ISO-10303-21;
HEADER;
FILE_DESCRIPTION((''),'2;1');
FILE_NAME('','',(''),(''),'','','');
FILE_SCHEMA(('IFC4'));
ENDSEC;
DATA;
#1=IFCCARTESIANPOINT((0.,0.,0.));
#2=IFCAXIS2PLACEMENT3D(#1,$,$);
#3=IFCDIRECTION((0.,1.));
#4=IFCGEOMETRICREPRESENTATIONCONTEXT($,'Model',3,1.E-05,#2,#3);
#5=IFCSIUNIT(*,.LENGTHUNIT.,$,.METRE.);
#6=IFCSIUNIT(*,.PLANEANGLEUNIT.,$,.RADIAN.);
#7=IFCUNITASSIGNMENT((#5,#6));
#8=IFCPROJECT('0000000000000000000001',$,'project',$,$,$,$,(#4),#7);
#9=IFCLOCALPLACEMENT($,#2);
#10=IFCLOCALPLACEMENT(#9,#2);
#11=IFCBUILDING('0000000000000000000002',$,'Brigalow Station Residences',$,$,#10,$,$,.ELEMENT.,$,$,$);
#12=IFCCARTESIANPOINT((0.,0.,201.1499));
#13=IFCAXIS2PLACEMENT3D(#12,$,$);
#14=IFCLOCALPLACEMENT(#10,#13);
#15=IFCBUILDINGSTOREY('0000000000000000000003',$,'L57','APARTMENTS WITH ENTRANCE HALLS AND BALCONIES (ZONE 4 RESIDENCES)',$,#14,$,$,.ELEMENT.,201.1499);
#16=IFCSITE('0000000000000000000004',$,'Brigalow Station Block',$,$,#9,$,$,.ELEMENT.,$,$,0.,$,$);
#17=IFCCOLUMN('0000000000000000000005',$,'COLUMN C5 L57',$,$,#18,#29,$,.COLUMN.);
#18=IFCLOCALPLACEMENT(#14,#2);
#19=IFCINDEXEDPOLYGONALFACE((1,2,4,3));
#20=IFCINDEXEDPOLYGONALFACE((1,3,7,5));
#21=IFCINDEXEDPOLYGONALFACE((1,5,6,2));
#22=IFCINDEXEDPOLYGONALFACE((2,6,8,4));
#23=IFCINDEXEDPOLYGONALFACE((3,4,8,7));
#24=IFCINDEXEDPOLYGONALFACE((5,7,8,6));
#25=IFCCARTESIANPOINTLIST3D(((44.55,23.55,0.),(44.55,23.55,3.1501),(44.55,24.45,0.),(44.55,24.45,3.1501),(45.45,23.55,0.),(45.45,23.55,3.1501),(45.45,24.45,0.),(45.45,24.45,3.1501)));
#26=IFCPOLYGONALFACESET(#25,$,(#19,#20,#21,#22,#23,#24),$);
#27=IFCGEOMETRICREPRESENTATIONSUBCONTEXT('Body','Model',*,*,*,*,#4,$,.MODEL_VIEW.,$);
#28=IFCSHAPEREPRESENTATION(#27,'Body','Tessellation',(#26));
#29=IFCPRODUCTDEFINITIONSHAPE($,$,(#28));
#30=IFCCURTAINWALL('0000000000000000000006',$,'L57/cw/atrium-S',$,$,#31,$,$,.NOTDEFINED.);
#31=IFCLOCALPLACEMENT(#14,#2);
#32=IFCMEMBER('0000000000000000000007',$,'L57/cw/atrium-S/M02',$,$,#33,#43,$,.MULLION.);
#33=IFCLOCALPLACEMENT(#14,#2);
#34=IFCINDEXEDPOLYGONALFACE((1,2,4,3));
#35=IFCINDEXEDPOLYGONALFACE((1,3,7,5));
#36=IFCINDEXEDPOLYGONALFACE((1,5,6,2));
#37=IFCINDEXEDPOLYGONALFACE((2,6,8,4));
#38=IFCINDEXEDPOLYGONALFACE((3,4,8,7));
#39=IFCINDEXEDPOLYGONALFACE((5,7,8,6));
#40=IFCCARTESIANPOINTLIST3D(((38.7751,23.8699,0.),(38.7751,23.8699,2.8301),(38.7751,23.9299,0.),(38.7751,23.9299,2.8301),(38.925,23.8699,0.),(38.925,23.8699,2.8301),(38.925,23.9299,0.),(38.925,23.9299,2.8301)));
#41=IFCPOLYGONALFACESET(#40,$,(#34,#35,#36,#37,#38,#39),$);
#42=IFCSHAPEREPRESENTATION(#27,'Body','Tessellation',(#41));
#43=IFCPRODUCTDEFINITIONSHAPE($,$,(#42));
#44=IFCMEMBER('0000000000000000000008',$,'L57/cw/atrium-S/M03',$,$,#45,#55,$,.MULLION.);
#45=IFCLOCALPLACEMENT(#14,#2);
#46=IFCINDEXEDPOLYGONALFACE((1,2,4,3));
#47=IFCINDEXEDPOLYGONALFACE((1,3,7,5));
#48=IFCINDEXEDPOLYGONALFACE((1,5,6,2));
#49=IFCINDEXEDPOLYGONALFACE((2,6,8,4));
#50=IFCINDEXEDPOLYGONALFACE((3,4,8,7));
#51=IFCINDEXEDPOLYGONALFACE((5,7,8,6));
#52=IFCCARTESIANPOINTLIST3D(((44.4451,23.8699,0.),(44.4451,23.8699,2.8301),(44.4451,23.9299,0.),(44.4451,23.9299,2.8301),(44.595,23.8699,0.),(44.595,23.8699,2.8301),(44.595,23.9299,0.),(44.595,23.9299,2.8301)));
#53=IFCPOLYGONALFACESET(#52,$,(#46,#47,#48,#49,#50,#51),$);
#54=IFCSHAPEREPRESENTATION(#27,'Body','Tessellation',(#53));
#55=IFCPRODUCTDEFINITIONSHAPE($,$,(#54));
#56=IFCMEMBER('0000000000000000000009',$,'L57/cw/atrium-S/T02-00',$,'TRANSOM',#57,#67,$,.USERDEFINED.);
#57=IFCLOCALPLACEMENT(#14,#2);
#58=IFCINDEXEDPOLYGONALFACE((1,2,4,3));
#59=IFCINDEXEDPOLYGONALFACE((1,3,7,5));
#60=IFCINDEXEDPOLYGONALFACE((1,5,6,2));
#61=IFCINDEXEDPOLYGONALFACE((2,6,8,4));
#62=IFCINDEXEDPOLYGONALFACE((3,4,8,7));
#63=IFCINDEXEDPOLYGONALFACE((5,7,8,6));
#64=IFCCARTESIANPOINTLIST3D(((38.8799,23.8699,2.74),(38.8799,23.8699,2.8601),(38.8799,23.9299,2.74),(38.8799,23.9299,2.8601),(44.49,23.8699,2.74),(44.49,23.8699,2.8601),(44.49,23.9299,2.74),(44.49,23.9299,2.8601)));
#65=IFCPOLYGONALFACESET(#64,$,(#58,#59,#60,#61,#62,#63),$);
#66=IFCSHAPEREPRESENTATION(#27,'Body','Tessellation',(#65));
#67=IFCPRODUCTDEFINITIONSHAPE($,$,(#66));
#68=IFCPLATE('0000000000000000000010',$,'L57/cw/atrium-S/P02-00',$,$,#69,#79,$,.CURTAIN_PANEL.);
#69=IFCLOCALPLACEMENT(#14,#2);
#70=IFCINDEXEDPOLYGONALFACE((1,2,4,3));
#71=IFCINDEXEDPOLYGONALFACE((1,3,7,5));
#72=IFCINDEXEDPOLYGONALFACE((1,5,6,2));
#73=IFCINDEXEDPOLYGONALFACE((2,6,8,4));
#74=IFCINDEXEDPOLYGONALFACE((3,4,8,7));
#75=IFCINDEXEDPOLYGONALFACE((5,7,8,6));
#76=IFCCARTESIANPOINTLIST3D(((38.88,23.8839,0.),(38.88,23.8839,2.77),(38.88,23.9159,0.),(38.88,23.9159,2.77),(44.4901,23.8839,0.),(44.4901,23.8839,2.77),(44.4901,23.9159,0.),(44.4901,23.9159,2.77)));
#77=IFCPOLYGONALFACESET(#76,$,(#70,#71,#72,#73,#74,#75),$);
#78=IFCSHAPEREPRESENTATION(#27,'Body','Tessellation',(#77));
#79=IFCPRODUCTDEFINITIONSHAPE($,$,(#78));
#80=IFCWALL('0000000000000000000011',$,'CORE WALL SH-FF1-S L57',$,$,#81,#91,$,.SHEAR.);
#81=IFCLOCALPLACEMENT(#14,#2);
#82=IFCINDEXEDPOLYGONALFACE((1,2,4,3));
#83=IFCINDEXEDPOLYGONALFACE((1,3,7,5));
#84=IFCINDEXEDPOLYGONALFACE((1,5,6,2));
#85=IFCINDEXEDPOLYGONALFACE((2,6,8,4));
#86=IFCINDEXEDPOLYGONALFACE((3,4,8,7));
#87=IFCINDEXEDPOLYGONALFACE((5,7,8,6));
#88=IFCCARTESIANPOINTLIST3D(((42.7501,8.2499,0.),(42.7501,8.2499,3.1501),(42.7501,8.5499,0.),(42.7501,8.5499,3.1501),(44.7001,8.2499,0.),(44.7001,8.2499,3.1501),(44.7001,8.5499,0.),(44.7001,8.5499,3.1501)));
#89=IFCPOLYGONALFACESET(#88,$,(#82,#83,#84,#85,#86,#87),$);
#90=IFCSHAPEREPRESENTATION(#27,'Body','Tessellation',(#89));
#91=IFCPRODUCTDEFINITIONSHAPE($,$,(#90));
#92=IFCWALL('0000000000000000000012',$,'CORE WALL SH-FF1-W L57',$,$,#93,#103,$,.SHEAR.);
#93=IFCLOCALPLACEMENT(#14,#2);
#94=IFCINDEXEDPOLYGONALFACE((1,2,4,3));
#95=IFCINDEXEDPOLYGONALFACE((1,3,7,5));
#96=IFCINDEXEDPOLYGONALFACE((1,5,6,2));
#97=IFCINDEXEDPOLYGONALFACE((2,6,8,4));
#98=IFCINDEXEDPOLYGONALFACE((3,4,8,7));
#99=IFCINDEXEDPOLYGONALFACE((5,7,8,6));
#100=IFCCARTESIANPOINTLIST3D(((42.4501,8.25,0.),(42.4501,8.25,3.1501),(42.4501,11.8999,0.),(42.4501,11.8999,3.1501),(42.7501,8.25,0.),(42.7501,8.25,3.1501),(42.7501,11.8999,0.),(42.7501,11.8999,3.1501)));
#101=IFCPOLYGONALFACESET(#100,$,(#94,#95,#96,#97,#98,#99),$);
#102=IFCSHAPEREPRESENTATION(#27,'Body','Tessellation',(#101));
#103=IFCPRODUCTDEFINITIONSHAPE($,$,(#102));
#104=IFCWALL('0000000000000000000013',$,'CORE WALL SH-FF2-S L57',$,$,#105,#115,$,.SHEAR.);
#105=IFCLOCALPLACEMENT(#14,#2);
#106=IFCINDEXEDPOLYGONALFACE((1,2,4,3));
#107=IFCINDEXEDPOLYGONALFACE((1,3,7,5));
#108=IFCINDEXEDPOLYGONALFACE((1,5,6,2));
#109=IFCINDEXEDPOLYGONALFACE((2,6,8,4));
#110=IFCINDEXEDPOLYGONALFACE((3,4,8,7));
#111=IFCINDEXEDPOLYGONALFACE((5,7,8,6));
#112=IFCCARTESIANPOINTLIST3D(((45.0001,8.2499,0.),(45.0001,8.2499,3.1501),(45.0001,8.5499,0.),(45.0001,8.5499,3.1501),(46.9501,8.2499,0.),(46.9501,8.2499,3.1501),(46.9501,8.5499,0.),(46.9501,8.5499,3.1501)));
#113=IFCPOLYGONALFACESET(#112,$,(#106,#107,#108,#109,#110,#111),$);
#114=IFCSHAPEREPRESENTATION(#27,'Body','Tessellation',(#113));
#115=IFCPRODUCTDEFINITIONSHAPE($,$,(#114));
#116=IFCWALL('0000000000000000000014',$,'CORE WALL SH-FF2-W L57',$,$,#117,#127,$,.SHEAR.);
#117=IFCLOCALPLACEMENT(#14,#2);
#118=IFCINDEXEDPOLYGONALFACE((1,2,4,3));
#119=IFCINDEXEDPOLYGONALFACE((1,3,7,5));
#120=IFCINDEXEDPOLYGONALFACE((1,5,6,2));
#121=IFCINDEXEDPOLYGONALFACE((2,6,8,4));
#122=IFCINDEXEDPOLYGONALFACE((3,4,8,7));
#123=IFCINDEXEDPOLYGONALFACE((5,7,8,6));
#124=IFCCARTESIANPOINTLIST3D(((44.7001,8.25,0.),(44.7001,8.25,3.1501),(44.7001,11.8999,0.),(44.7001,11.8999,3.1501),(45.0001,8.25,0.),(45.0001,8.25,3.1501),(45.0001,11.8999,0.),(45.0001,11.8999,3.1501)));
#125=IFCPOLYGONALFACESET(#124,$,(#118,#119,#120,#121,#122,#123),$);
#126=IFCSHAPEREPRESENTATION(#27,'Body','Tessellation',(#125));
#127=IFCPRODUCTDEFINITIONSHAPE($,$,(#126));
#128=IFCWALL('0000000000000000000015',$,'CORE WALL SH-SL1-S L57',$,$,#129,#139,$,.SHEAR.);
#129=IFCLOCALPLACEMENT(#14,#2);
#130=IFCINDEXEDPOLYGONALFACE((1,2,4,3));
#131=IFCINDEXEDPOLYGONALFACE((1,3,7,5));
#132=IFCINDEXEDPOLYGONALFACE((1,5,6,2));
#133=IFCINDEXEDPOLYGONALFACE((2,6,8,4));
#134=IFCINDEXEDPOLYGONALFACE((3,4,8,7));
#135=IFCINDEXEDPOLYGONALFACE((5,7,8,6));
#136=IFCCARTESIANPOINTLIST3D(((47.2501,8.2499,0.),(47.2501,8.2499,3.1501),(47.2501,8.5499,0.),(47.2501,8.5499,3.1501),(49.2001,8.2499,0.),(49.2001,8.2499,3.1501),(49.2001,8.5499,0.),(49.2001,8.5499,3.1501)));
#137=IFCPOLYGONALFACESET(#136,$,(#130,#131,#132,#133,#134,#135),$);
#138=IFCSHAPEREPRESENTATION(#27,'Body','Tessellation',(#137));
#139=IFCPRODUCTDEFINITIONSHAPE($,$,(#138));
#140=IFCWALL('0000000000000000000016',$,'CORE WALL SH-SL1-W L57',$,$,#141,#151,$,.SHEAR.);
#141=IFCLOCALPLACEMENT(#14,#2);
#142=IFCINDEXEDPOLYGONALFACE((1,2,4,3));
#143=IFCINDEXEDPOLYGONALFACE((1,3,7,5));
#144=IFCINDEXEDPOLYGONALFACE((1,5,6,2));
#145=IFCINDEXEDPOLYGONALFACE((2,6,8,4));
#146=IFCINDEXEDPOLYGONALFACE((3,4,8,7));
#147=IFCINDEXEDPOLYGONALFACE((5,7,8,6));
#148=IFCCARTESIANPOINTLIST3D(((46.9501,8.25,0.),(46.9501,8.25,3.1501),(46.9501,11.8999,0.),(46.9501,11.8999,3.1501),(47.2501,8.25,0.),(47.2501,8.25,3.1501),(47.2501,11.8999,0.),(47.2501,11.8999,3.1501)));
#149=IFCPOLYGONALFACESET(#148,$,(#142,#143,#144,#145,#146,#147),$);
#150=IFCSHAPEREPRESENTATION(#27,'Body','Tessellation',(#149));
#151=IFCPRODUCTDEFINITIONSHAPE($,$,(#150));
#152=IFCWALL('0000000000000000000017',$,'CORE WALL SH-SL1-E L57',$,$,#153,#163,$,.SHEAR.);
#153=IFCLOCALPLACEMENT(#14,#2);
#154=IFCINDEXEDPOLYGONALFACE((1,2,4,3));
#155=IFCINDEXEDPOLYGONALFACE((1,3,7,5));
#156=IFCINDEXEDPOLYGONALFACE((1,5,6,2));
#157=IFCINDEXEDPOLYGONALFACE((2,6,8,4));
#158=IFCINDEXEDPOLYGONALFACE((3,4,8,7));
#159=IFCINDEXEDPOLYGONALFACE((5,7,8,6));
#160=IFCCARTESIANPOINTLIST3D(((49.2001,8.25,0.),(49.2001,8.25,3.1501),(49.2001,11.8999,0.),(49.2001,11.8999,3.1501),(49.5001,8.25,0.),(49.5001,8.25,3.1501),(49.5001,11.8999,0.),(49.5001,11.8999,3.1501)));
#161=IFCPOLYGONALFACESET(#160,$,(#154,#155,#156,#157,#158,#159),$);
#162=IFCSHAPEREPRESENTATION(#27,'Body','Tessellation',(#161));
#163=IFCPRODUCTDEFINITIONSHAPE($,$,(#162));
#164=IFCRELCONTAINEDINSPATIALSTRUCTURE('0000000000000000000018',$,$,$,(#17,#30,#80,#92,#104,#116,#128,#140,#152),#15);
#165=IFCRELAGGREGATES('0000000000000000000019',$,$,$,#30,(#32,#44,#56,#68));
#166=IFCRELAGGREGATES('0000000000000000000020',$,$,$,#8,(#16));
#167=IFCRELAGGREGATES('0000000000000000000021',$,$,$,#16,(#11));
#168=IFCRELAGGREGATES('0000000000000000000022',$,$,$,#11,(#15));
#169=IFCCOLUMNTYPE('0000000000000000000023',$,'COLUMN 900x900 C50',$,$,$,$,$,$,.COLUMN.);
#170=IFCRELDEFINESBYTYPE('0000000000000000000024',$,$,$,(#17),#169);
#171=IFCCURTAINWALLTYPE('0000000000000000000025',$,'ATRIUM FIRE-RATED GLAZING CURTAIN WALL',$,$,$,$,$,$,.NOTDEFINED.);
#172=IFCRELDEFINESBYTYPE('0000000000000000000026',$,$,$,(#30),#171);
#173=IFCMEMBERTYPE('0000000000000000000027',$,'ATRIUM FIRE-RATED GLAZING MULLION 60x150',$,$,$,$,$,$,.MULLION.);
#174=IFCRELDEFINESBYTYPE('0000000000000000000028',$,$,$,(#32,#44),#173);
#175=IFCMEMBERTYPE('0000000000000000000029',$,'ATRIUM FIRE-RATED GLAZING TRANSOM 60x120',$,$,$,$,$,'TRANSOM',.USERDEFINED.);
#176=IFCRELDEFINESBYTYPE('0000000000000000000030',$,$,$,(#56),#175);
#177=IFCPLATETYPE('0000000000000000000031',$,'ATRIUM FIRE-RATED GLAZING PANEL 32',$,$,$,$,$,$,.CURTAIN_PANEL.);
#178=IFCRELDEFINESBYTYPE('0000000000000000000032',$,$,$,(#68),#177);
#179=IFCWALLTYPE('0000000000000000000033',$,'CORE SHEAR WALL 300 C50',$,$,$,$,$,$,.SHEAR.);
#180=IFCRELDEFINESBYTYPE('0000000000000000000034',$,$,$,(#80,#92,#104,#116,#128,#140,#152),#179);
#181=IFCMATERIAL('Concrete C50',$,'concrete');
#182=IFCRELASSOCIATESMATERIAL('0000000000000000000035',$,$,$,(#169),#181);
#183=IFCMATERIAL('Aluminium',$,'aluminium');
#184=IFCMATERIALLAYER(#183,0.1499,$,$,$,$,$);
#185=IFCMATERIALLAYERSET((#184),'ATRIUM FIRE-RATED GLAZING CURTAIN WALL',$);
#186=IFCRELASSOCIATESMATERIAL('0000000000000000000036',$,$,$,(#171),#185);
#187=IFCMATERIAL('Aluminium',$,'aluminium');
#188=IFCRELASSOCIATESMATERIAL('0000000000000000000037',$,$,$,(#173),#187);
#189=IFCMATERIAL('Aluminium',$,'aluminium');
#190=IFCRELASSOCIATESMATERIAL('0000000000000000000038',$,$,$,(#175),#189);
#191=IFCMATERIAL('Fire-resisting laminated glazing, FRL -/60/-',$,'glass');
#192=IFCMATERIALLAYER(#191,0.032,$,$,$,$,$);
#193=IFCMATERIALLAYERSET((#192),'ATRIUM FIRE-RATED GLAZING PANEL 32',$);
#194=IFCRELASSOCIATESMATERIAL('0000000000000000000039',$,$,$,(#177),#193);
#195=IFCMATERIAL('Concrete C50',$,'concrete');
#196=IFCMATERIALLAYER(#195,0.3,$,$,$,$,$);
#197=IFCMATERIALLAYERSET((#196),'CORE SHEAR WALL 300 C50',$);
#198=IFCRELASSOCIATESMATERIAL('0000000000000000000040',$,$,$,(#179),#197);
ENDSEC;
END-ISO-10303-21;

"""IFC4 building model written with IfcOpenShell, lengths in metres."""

from ifc_helpers import new_model, si_unit, direction, frame, frame_2d, origin, origin_2d, place, context, subcontext, project, spatial, rectangle, extrude, material, layer, layer_set, material_profile, profile_set, type_object, element, aggregate, save


model = new_model("IFC4")

# Units and contexts
model_context = context("Model", 3, precision=1e-05, world=origin(), true_north=direction((0.0, 1.0)))
body_context = subcontext(model_context, "Body", "Model", "MODEL_VIEW")
ifc_project = project(units=[si_unit("LENGTHUNIT", "METRE"), si_unit("PLANEANGLEUNIT", "RADIAN")], contexts=[model_context])

# Site, building, storey
site_placement = place(None, origin())
site = spatial("IfcSite", under=ifc_project, at=site_placement, Name="Brigalow Station Block", CompositionType="ELEMENT", RefElevation=0.0)
building_placement = place(site_placement, origin())
building = spatial("IfcBuilding", under=site, at=building_placement, Name="Brigalow Station Residences", CompositionType="ELEMENT")
storey_placement = place(building_placement, frame((0.0, 0.0, 201.1499)))
storey = spatial("IfcBuildingStorey", under=building, at=storey_placement, Name="L57", Description="APARTMENTS WITH ENTRANCE HALLS AND BALCONIES (ZONE 4 RESIDENCES)", CompositionType="ELEMENT", Elevation=201.1499)

# Column
ifc_material_1 = material(Name="Concrete C50", Category="concrete")
ifc_material_profile_1 = material_profile(ifc_material_1, rectangle(XDim=0.8999, YDim=0.8999, at=origin_2d()), Name="RC900x900")
ifc_profile_set_1 = profile_set([ifc_material_profile_1], Name="Concrete C50")
column_type = type_object("IfcColumnType", Name="COLUMN 900x900 C50", PredefinedType="COLUMN", material=ifc_profile_set_1)
column_placement = place(storey_placement, frame((45.0, 24.0, 0.0), z_axis=(0.0, 0.0, 1.0), x_axis=(1.0, 0.0, 0.0)))
element("IfcColumn", 1, at=column_placement, inside=storey, type_object=column_type, Name="COLUMN C5 L57", PredefinedType="COLUMN", context=body_context, shape_type="SweptSolid", body=[
    extrude(rectangle(XDim=0.8999, YDim=0.8999, at=origin_2d()), origin(), (0.0, 0.0, 1.0), 3.1501),
])

# Curtain wall, members, plate
ifc_material_2 = material(Name="Aluminium", Category="aluminium")
ifc_layer_1 = layer(ifc_material_2, 0.1499)
ifc_layer_set_1 = layer_set([ifc_layer_1], Name="ATRIUM FIRE-RATED GLAZING CURTAIN WALL")
curtain_wall_type = type_object("IfcCurtainWallType", Name="ATRIUM FIRE-RATED GLAZING CURTAIN WALL", PredefinedType="NOTDEFINED", material=ifc_layer_set_1)
curtain_wall_placement = place(storey_placement, origin())
curtain_wall = element("IfcCurtainWall", 2, at=curtain_wall_placement, inside=storey, type_object=curtain_wall_type, Name="L57/cw/atrium-S", PredefinedType="NOTDEFINED")
ifc_material_3 = material(Name="Aluminium", Category="aluminium")
ifc_material_profile_2 = material_profile(ifc_material_3, rectangle(XDim=0.0601, YDim=0.1499, at=origin_2d()), Name="ATRIUM FIRE-RATED GLAZING MULLION 60x150")
ifc_profile_set_2 = profile_set([ifc_material_profile_2], Name="Aluminium")
member_type_1 = type_object("IfcMemberType", Name="ATRIUM FIRE-RATED GLAZING MULLION 60x150", PredefinedType="MULLION", material=ifc_profile_set_2)
member_1_placement = place(storey_placement, frame((38.8501, 23.8999, 0.0), z_axis=(0.0, 0.0, 1.0), x_axis=(0.0, 1.0, 0.0)))
member_1 = element("IfcMember", 3, at=member_1_placement, type_object=member_type_1, Name="L57/cw/atrium-S/M02", PredefinedType="MULLION", context=body_context, shape_type="SweptSolid", body=[
    extrude(rectangle(XDim=0.0601, YDim=0.1499, at=origin_2d()), origin(), (0.0, 0.0, 1.0), 2.8301),
])
member_2_placement = place(storey_placement, frame((44.52, 23.8999, 0.0), z_axis=(0.0, 0.0, 1.0), x_axis=(0.0, 1.0, 0.0)))
member_2 = element("IfcMember", 4, at=member_2_placement, type_object=member_type_1, Name="L57/cw/atrium-S/M03", PredefinedType="MULLION", context=body_context, shape_type="SweptSolid", body=[
    extrude(rectangle(XDim=0.0601, YDim=0.1499, at=origin_2d()), origin(), (0.0, 0.0, 1.0), 2.8301),
])
ifc_material_4 = material(Name="Aluminium", Category="aluminium")
ifc_material_profile_3 = material_profile(ifc_material_4, rectangle(XDim=0.0601, YDim=0.1201, at=origin_2d()), Name="ATRIUM FIRE-RATED GLAZING TRANSOM 60x120")
ifc_profile_set_3 = profile_set([ifc_material_profile_3], Name="Aluminium")
member_type_2 = type_object("IfcMemberType", Name="ATRIUM FIRE-RATED GLAZING TRANSOM 60x120", ElementType="TRANSOM", PredefinedType="USERDEFINED", material=ifc_profile_set_3)
member_3_placement = place(storey_placement, frame((38.8799, 23.8999, 2.8), z_axis=(1.0, 0.0, 0.0), x_axis=(0.0, 1.0, 0.0)))
member_3 = element("IfcMember", 5, at=member_3_placement, type_object=member_type_2, Name="L57/cw/atrium-S/T02-00", ObjectType="TRANSOM", PredefinedType="USERDEFINED", context=body_context, shape_type="SweptSolid", body=[
    extrude(rectangle(XDim=0.0601, YDim=0.1201, at=origin_2d()), origin(), (0.0, 0.0, 1.0), 5.6101),
])
ifc_material_5 = material(Name="Fire-resisting laminated glazing, FRL -/60/-", Category="glass")
ifc_layer_2 = layer(ifc_material_5, 0.032)
ifc_layer_set_2 = layer_set([ifc_layer_2], Name="ATRIUM FIRE-RATED GLAZING PANEL 32")
plate_type = type_object("IfcPlateType", Name="ATRIUM FIRE-RATED GLAZING PANEL 32", PredefinedType="CURTAIN_PANEL", material=ifc_layer_set_2)
plate_placement = place(storey_placement, frame((41.6851, 23.8999, 0.0), z_axis=(0.0, 0.0, 1.0), x_axis=(1.0, 0.0, 0.0)))
plate = element("IfcPlate", 6, at=plate_placement, type_object=plate_type, Name="L57/cw/atrium-S/P02-00", PredefinedType="CURTAIN_PANEL", context=body_context, shape_type="SweptSolid", body=[
    extrude(rectangle(XDim=5.6101, YDim=0.032, at=origin_2d()), origin(), (0.0, 0.0, 1.0), 2.77),
])
aggregate(curtain_wall, [member_1, member_2, member_3, plate])

# Walls
ifc_material_6 = material(Name="Concrete C50", Category="concrete")
ifc_layer_3 = layer(ifc_material_6, 0.3)
ifc_layer_set_3 = layer_set([ifc_layer_3], Name="CORE SHEAR WALL 300 C50")
wall_type_1 = type_object("IfcWallType", Name="CORE SHEAR WALL 300 C50", PredefinedType="SHEAR", material=ifc_layer_set_3)
wall_1_placement = place(storey_placement, frame((42.75, 8.3999, 0.0), z_axis=(0.0, 0.0, 1.0), x_axis=(1.0, 0.0, 0.0)))
element("IfcWall", 7, at=wall_1_placement, inside=storey, type_object=wall_type_1, Name="CORE WALL SH-FF1-S L57", PredefinedType="SHEAR", context=body_context, shape_type="SweptSolid", body=[
    extrude(rectangle(XDim=1.95, YDim=0.3, at=frame_2d((0.9751, 0.0))), origin(), (0.0, 0.0, 1.0), 3.1501),
])
wall_2_placement = place(storey_placement, frame((42.6001, 8.25, 0.0), z_axis=(0.0, 0.0, 1.0), x_axis=(0.0, 1.0, 0.0)))
element("IfcWall", 8, at=wall_2_placement, inside=storey, type_object=wall_type_1, Name="CORE WALL SH-FF1-W L57", PredefinedType="SHEAR", context=body_context, shape_type="SweptSolid", body=[
    extrude(rectangle(XDim=3.6499, YDim=0.3, at=frame_2d((1.825, 0.0))), origin(), (0.0, 0.0, 1.0), 3.1501),
])
wall_3_placement = place(storey_placement, frame((45.0, 8.3999, 0.0), z_axis=(0.0, 0.0, 1.0), x_axis=(1.0, 0.0, 0.0)))
element("IfcWall", 9, at=wall_3_placement, inside=storey, type_object=wall_type_1, Name="CORE WALL SH-FF2-S L57", PredefinedType="SHEAR", context=body_context, shape_type="SweptSolid", body=[
    extrude(rectangle(XDim=1.95, YDim=0.3, at=frame_2d((0.9751, 0.0))), origin(), (0.0, 0.0, 1.0), 3.1501),
])
wall_4_placement = place(storey_placement, frame((44.8501, 8.25, 0.0), z_axis=(0.0, 0.0, 1.0), x_axis=(0.0, 1.0, 0.0)))
element("IfcWall", 10, at=wall_4_placement, inside=storey, type_object=wall_type_1, Name="CORE WALL SH-FF2-W L57", PredefinedType="SHEAR", context=body_context, shape_type="SweptSolid", body=[
    extrude(rectangle(XDim=3.6499, YDim=0.3, at=frame_2d((1.825, 0.0))), origin(), (0.0, 0.0, 1.0), 3.1501),
])
wall_5_placement = place(storey_placement, frame((47.25, 8.3999, 0.0), z_axis=(0.0, 0.0, 1.0), x_axis=(1.0, 0.0, 0.0)))
element("IfcWall", 11, at=wall_5_placement, inside=storey, type_object=wall_type_1, Name="CORE WALL SH-SL1-S L57", PredefinedType="SHEAR", context=body_context, shape_type="SweptSolid", body=[
    extrude(rectangle(XDim=1.95, YDim=0.3, at=frame_2d((0.9751, 0.0))), origin(), (0.0, 0.0, 1.0), 3.1501),
])
for number, where, z_axis, x_axis, name in (
    (12, (47.1001, 8.25, 0.0), (0.0, 0.0, 1.0), (0.0, 1.0, 0.0), "CORE WALL SH-SL1-W L57"),
    (13, (49.3501, 8.25, 0.0), (0.0, 0.0, 1.0), (0.0, 1.0, 0.0), "CORE WALL SH-SL1-E L57"),
):
    element("IfcWall", number, at=place(storey_placement, frame(where, z_axis=z_axis, x_axis=x_axis)), inside=storey, type_object=wall_type_1, Name=name, PredefinedType="SHEAR", context=body_context, shape_type="SweptSolid", body=[
        extrude(rectangle(XDim=3.6499, YDim=0.3, at=frame_2d((1.825, 0.0))), origin(), (0.0, 0.0, 1.0), 3.1501),
    ])

save(model, "model.ifc")
